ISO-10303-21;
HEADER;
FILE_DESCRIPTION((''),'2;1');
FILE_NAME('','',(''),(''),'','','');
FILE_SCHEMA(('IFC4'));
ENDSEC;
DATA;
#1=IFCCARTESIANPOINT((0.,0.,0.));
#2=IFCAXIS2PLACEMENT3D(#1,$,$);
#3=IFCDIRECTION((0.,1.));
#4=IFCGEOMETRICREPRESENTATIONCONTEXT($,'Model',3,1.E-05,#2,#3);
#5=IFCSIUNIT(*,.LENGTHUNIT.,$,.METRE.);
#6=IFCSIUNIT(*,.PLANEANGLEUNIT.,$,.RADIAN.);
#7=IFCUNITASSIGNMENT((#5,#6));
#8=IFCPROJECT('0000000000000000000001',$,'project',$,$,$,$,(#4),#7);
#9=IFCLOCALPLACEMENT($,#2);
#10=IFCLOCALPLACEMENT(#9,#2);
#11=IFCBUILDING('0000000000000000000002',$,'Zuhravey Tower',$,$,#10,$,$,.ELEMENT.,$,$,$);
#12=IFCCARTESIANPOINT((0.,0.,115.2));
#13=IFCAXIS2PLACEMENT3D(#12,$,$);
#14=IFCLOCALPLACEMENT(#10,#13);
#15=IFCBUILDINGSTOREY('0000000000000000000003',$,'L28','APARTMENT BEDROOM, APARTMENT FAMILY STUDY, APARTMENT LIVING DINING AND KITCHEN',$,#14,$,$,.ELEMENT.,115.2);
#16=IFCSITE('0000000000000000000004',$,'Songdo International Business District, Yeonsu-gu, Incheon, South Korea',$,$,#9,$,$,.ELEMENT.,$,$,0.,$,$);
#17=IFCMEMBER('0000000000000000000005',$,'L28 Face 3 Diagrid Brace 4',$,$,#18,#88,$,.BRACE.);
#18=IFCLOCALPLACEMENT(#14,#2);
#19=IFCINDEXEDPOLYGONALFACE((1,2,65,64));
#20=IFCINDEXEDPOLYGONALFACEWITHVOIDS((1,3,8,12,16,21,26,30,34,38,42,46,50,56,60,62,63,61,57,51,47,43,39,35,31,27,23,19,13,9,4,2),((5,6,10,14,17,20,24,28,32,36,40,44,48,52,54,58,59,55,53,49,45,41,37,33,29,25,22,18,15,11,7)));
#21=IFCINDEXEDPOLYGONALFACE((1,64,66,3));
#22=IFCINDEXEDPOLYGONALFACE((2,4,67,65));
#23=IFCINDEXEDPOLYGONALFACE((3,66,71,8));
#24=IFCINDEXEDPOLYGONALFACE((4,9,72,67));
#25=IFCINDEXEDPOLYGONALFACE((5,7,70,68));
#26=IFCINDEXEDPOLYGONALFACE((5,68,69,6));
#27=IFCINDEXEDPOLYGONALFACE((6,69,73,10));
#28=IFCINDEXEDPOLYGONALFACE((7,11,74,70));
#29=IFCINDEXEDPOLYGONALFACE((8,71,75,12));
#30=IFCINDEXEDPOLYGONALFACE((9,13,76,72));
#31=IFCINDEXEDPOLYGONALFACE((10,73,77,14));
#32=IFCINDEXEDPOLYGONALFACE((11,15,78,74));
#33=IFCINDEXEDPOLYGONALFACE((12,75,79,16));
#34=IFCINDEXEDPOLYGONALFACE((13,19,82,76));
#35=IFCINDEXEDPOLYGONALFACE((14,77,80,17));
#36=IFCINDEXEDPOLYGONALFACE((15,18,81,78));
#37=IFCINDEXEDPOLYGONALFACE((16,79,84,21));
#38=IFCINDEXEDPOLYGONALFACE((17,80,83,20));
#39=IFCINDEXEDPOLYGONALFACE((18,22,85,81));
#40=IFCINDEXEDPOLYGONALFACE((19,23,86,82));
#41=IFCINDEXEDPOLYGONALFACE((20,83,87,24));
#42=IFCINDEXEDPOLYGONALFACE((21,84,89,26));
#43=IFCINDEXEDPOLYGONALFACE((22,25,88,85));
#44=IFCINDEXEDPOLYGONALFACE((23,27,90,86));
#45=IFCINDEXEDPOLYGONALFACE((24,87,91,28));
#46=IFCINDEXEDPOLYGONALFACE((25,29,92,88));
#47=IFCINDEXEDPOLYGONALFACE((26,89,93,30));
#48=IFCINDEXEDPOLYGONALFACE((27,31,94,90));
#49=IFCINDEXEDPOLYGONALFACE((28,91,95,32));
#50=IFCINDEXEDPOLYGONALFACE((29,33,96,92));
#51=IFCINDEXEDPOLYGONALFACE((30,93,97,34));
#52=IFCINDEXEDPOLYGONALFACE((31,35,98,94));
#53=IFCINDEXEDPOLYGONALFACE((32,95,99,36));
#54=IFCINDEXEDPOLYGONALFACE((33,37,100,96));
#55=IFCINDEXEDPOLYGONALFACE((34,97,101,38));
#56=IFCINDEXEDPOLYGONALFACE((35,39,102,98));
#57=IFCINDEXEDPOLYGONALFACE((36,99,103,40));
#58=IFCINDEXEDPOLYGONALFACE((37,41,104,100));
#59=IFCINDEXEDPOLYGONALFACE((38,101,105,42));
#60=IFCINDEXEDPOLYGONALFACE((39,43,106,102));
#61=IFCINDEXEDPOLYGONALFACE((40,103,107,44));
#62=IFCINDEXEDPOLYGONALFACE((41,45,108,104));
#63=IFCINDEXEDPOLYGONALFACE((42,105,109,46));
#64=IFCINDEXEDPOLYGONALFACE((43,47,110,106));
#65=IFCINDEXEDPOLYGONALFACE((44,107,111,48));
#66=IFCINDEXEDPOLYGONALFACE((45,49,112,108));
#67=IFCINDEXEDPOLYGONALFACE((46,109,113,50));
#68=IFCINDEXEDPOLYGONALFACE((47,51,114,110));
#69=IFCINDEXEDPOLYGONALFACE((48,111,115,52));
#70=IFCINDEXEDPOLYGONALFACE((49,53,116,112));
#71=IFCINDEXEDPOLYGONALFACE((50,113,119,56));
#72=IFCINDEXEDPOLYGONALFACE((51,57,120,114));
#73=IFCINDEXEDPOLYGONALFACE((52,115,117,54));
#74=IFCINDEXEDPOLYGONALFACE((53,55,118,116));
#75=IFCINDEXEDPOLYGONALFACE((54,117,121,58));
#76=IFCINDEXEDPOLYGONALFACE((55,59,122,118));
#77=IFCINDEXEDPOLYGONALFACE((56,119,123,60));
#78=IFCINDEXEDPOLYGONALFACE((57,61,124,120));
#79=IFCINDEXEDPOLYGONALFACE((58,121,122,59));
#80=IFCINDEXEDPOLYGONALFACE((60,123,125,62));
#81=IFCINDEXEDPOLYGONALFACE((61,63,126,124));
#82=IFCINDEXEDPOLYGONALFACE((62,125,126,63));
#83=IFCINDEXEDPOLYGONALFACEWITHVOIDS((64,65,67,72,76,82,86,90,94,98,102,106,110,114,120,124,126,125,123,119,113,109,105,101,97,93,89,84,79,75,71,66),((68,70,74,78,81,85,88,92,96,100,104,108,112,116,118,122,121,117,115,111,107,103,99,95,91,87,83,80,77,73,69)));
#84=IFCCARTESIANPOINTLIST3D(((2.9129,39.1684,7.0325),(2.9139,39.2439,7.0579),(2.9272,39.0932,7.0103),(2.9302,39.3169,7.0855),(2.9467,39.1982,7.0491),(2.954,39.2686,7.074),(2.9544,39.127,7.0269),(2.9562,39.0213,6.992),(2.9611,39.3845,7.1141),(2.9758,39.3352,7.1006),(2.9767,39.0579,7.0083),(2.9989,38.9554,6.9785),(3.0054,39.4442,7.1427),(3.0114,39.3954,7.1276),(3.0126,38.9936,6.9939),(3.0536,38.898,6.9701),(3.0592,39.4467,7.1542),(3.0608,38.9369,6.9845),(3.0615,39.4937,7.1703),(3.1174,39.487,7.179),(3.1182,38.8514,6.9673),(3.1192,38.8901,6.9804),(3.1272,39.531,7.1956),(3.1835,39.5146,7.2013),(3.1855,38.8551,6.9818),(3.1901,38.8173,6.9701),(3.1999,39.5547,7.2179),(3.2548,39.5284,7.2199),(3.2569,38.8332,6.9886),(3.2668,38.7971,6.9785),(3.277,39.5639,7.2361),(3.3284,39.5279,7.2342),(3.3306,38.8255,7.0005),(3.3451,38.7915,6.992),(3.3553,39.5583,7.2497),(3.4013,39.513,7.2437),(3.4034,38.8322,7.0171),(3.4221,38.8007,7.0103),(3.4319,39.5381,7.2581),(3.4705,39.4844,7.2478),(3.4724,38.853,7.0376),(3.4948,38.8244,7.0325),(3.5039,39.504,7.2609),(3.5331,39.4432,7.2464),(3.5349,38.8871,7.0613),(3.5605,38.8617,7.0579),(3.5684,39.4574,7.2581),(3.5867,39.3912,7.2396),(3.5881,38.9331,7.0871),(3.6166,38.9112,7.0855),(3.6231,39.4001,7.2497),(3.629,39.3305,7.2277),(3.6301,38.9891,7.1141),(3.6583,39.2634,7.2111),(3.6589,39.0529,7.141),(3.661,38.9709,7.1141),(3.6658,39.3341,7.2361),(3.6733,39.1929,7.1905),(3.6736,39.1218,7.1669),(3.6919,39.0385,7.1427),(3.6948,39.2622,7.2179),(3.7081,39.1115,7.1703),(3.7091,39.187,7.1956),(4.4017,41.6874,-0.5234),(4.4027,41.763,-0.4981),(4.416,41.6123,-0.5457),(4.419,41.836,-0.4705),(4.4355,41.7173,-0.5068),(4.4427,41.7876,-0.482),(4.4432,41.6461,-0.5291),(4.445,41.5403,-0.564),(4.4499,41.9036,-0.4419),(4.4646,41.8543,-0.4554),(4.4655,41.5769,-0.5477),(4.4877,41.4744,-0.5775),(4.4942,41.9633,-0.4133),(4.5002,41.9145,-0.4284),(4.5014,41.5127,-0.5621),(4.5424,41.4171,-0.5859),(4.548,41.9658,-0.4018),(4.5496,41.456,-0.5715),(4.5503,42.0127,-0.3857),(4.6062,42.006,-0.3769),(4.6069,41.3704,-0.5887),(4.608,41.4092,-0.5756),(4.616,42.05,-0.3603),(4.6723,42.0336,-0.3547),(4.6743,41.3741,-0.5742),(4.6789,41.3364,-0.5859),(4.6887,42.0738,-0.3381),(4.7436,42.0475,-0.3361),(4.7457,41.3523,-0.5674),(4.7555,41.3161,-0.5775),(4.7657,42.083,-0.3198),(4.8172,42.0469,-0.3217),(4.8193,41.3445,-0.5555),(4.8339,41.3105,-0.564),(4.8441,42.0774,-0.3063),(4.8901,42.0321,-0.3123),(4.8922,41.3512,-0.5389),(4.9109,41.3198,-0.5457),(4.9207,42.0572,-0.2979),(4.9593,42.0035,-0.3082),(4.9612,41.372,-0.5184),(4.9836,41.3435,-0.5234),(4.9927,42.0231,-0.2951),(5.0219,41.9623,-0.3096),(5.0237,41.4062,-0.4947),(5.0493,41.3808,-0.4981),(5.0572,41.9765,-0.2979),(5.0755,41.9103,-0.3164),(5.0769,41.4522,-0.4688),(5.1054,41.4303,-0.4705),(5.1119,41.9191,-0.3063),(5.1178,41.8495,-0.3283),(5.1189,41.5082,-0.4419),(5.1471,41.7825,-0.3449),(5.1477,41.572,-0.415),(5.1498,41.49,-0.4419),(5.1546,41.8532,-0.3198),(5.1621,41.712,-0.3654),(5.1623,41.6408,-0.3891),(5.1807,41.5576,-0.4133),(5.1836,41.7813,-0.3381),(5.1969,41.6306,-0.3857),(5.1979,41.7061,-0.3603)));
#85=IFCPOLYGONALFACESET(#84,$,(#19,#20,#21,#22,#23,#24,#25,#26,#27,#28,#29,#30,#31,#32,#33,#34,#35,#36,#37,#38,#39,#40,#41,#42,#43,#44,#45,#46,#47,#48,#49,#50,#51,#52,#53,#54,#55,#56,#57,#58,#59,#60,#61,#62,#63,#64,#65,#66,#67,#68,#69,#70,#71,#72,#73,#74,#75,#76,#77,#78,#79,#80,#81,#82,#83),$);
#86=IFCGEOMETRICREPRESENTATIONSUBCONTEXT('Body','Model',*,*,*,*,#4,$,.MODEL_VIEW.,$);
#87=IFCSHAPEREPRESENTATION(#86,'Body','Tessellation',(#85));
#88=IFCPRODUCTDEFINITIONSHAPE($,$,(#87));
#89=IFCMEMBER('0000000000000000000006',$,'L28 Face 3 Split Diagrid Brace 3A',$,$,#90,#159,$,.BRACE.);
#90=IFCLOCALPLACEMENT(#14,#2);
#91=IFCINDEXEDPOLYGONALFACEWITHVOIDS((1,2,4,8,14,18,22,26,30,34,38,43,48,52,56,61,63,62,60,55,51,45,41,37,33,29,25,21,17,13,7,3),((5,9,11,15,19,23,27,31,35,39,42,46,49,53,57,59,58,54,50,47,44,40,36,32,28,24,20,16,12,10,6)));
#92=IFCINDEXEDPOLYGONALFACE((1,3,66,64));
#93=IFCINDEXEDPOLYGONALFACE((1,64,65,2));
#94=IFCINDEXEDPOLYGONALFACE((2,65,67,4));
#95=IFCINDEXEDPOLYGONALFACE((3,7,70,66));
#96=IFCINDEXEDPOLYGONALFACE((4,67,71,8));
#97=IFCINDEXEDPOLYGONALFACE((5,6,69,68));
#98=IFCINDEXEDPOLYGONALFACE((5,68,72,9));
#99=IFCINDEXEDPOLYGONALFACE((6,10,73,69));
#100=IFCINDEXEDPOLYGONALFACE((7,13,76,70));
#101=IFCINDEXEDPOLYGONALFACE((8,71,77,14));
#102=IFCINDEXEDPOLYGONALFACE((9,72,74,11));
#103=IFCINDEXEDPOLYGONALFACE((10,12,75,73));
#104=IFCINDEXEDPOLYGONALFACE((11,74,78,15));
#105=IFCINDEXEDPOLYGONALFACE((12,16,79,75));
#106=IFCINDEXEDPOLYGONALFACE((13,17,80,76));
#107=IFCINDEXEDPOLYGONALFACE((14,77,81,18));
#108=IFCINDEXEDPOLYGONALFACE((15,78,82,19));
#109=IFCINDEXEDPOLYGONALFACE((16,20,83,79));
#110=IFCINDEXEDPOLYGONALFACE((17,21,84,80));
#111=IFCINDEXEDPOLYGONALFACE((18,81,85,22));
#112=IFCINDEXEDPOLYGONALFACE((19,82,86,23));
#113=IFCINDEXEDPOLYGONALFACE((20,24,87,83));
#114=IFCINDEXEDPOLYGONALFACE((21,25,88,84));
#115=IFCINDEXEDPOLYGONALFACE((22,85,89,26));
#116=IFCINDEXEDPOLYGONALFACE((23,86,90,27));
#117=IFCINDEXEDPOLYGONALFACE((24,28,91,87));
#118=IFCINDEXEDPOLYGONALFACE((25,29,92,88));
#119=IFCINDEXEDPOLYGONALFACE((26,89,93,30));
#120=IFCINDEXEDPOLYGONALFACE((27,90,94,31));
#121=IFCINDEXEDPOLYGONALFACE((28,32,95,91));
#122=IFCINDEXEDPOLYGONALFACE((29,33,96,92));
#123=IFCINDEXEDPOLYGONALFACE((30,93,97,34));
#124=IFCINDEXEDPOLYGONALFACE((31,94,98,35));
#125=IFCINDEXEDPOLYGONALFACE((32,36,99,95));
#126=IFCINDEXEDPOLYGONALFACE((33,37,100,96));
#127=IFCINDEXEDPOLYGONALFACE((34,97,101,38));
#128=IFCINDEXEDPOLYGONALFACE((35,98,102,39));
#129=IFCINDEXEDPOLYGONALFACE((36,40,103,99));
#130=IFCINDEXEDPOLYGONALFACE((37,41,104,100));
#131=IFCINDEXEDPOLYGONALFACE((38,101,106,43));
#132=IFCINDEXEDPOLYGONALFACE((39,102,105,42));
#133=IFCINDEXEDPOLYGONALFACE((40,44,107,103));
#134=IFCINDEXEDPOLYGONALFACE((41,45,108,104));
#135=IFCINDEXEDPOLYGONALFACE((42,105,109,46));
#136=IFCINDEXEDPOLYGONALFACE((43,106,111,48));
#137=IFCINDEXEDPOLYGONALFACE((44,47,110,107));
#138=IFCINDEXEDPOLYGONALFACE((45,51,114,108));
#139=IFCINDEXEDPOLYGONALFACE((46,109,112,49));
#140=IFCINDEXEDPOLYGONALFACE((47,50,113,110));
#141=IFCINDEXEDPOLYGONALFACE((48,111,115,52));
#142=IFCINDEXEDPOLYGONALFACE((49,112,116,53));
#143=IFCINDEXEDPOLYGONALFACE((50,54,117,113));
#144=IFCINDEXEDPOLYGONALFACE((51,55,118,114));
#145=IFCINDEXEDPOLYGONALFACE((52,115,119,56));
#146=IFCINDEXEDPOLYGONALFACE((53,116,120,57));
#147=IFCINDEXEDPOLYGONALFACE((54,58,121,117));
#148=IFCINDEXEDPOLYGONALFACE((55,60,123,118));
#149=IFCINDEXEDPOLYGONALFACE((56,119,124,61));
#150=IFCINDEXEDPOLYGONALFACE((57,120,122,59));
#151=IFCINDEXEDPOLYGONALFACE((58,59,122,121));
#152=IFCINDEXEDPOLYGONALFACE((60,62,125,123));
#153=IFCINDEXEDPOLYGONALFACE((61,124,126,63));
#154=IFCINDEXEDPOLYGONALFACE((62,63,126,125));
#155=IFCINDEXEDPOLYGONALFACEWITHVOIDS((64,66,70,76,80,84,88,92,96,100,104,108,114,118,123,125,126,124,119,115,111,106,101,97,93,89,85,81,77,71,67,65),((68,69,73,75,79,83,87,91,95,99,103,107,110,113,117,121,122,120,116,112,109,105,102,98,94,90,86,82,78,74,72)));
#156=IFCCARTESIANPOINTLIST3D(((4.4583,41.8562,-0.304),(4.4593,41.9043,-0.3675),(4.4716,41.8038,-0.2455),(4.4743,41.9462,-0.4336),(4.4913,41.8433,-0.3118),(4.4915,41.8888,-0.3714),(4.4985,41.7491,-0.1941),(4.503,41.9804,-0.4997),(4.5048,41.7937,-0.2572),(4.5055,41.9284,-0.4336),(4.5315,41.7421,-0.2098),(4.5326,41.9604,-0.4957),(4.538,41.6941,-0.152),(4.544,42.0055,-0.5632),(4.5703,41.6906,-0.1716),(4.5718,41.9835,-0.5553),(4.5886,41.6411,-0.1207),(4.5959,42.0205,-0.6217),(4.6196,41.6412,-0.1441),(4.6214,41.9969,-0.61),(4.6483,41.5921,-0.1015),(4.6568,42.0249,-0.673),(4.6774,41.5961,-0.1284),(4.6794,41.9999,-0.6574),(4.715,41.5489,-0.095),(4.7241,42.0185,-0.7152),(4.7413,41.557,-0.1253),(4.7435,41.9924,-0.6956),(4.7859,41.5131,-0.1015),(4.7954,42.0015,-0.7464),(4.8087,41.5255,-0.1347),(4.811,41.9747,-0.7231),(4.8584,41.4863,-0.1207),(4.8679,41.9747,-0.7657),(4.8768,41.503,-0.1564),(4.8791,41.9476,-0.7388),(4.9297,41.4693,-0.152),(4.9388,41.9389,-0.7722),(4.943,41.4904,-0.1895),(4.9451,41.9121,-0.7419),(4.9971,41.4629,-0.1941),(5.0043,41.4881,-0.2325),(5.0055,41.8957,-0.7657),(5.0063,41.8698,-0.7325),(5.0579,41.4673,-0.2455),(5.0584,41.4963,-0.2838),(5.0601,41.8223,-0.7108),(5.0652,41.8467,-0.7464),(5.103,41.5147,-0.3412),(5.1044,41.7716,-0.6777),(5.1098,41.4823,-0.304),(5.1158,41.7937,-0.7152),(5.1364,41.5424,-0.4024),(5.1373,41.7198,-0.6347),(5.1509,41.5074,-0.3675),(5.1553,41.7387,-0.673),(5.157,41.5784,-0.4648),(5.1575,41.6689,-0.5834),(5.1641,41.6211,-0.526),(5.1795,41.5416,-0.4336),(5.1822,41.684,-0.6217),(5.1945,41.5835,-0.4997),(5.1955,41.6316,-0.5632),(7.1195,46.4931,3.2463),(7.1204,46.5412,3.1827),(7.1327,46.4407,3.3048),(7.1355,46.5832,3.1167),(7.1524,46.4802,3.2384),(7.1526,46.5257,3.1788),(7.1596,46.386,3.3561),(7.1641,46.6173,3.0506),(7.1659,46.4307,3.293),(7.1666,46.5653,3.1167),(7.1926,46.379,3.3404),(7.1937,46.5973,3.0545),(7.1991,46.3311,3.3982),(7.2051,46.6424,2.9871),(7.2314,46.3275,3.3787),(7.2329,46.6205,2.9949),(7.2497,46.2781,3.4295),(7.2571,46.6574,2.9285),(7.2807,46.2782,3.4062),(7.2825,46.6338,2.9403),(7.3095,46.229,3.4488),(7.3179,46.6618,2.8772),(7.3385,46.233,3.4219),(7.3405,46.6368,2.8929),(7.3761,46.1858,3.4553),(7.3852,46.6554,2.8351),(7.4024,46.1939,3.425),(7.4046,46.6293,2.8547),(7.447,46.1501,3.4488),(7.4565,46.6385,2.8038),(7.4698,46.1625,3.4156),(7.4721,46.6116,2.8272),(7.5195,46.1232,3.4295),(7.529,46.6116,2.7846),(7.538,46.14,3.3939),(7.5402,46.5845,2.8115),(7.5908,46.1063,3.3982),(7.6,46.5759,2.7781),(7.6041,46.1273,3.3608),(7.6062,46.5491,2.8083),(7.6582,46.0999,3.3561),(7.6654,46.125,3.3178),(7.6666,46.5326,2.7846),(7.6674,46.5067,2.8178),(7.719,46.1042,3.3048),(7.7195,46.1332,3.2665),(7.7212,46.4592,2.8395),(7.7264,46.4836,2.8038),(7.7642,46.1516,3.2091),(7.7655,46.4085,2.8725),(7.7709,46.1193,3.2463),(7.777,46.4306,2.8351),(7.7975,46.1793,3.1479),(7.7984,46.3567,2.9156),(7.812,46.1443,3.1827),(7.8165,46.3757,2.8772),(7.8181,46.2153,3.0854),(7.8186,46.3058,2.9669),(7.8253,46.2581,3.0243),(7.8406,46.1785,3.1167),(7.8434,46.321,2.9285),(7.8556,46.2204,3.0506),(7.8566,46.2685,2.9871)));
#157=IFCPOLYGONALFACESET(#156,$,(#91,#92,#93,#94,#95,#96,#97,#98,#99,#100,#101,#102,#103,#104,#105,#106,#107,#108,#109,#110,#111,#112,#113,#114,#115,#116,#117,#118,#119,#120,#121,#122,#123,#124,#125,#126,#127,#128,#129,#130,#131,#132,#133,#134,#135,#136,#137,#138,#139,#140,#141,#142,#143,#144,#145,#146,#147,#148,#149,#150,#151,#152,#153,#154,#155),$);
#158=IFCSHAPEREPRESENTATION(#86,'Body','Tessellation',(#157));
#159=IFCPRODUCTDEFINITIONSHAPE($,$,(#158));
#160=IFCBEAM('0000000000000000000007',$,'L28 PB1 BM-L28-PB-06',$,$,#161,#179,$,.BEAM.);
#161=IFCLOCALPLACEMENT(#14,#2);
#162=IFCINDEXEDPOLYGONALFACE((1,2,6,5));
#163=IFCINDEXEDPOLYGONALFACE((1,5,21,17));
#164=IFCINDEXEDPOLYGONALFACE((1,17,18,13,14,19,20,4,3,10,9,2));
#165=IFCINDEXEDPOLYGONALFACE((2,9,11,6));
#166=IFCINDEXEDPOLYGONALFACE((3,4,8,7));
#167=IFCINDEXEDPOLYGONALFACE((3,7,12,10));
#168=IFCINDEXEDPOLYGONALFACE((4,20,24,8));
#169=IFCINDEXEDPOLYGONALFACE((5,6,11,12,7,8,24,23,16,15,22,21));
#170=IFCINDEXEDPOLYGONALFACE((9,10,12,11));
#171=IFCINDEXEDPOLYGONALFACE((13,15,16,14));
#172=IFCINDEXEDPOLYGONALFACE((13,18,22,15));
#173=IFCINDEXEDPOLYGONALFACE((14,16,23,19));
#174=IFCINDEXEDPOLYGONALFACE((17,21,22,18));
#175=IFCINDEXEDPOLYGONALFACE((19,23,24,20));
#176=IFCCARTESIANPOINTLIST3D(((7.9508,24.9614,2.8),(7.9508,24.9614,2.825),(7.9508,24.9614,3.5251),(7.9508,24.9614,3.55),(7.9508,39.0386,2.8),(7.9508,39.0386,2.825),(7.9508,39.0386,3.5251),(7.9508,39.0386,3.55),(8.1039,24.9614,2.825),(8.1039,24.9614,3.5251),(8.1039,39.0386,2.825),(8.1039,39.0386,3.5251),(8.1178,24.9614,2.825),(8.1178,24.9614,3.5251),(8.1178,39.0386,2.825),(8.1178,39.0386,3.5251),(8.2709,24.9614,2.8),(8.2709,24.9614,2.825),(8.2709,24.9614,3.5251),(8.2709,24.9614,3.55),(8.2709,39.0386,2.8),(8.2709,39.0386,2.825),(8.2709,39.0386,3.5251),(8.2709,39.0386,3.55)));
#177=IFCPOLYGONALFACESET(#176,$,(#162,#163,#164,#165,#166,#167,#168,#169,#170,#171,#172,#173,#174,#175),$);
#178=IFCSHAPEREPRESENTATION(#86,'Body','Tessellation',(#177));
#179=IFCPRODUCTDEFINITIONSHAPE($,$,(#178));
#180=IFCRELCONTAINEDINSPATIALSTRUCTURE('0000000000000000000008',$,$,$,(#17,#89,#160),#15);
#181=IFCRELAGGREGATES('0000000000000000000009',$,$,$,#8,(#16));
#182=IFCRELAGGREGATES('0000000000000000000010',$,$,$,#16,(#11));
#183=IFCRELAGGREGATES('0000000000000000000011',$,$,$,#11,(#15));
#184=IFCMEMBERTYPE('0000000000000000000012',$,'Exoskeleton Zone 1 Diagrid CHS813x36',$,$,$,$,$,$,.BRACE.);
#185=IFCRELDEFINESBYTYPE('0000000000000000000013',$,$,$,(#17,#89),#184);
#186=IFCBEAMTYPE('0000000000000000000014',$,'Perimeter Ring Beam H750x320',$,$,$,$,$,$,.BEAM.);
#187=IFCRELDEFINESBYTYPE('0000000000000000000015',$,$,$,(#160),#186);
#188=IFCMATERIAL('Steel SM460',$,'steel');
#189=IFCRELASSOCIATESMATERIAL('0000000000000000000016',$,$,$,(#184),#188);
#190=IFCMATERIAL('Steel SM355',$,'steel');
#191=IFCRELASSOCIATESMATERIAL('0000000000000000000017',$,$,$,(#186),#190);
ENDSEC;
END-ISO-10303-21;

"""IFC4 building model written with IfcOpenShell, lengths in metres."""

from ifc_helpers import new_model, si_unit, direction, frame, origin, origin_2d, place, context, subcontext, project, spatial, hollow_circle, i_section, extrude, material, material_profile, profile_set, type_object, element, save


model = new_model("IFC4")

# Units and contexts
model_context = context("Model", 3, precision=1e-05, world=origin(), true_north=direction((0.0, 1.0)))
body_context = subcontext(model_context, "Body", "Model", "MODEL_VIEW")
ifc_project = project(units=[si_unit("LENGTHUNIT", "METRE"), si_unit("PLANEANGLEUNIT", "RADIAN")], contexts=[model_context])

# Site, building, storey
site_placement = place(None, origin())
site = spatial("IfcSite", under=ifc_project, at=site_placement, Name="Songdo International Business District, Yeonsu-gu, Incheon, South Korea", CompositionType="ELEMENT", RefElevation=0.0)
building_placement = place(site_placement, origin())
building = spatial("IfcBuilding", under=site, at=building_placement, Name="Zuhravey Tower", CompositionType="ELEMENT")
storey_placement = place(building_placement, frame((0.0, 0.0, 115.2)))
storey = spatial("IfcBuildingStorey", under=building, at=storey_placement, Name="L28", Description="APARTMENT BEDROOM, APARTMENT FAMILY STUDY, APARTMENT LIVING DINING AND KITCHEN", CompositionType="ELEMENT", Elevation=115.2)

# Members
ifc_material_1 = material(Name="Steel SM460", Category="steel")
ifc_material_profile_1 = material_profile(ifc_material_1, hollow_circle(Radius=0.4065, WallThickness=0.0359, at=origin_2d()), Name="CHS-812.8x36")
ifc_profile_set_1 = profile_set([ifc_material_profile_1], Name="Steel SM460")
member_type_1 = type_object("IfcMemberType", Name="Exoskeleton Zone 1 Diagrid CHS813x36", PredefinedType="BRACE", material=ifc_profile_set_1)
member_1_placement = place(storey_placement, frame((4.7998, 41.6968, -0.4419), z_axis=(-0.183737, -0.310889, 0.932517), x_axis=(0.86089, -0.508791, 0.0)))
element("IfcMember", 1, at=member_1_placement, inside=storey, type_object=member_type_1, Name="L28 Face 3 Diagrid Brace 4", PredefinedType="BRACE", context=body_context, shape_type="SweptSolid", body=[
    extrude(hollow_circle(Radius=0.4065, WallThickness=0.0359, at=origin_2d()), origin(), (0.0, 0.0, 1.0), 8.1028),
])
member_2_placement = place(storey_placement, frame((4.8269, 41.7439, -0.4336), z_axis=(0.414651, 0.722521, 0.553198), x_axis=(-0.86732, 0.497751, 0.0)))
element("IfcMember", 2, at=member_2_placement, inside=storey, type_object=member_type_1, Name="L28 Face 3 Split Diagrid Brace 3A", PredefinedType="BRACE", context=body_context, shape_type="SweptSolid", body=[
    extrude(hollow_circle(Radius=0.4065, WallThickness=0.0359, at=origin_2d()), origin(), (0.0, 0.0, 1.0), 6.4177),
])

# Beam
ifc_material_2 = material(Name="Steel SM355", Category="steel")
ifc_material_profile_2 = material_profile(ifc_material_2, i_section(OverallWidth=0.3201, OverallDepth=0.75, WebThickness=0.0139, FlangeThickness=0.0249, at=origin_2d()), Name="H-750x320x14x25")
ifc_profile_set_2 = profile_set([ifc_material_profile_2], Name="Steel SM355")
beam_type_1 = type_object("IfcBeamType", Name="Perimeter Ring Beam H750x320", PredefinedType="BEAM", material=ifc_profile_set_2)
beam_1_placement = place(storey_placement, frame((8.1108, 39.0386, 3.175), z_axis=(0.0, -1.0, 0.0), x_axis=(1.0, 0.0, 0.0)))
element("IfcBeam", 3, at=beam_1_placement, inside=storey, type_object=beam_type_1, Name="L28 PB1 BM-L28-PB-06", PredefinedType="BEAM", context=body_context, shape_type="SweptSolid", body=[
    extrude(i_section(OverallWidth=0.3201, OverallDepth=0.75, WebThickness=0.0139, FlangeThickness=0.0249, at=origin_2d()), origin(), (0.0, 0.0, 1.0), 14.0771),
])

save(model, "model.ifc")
